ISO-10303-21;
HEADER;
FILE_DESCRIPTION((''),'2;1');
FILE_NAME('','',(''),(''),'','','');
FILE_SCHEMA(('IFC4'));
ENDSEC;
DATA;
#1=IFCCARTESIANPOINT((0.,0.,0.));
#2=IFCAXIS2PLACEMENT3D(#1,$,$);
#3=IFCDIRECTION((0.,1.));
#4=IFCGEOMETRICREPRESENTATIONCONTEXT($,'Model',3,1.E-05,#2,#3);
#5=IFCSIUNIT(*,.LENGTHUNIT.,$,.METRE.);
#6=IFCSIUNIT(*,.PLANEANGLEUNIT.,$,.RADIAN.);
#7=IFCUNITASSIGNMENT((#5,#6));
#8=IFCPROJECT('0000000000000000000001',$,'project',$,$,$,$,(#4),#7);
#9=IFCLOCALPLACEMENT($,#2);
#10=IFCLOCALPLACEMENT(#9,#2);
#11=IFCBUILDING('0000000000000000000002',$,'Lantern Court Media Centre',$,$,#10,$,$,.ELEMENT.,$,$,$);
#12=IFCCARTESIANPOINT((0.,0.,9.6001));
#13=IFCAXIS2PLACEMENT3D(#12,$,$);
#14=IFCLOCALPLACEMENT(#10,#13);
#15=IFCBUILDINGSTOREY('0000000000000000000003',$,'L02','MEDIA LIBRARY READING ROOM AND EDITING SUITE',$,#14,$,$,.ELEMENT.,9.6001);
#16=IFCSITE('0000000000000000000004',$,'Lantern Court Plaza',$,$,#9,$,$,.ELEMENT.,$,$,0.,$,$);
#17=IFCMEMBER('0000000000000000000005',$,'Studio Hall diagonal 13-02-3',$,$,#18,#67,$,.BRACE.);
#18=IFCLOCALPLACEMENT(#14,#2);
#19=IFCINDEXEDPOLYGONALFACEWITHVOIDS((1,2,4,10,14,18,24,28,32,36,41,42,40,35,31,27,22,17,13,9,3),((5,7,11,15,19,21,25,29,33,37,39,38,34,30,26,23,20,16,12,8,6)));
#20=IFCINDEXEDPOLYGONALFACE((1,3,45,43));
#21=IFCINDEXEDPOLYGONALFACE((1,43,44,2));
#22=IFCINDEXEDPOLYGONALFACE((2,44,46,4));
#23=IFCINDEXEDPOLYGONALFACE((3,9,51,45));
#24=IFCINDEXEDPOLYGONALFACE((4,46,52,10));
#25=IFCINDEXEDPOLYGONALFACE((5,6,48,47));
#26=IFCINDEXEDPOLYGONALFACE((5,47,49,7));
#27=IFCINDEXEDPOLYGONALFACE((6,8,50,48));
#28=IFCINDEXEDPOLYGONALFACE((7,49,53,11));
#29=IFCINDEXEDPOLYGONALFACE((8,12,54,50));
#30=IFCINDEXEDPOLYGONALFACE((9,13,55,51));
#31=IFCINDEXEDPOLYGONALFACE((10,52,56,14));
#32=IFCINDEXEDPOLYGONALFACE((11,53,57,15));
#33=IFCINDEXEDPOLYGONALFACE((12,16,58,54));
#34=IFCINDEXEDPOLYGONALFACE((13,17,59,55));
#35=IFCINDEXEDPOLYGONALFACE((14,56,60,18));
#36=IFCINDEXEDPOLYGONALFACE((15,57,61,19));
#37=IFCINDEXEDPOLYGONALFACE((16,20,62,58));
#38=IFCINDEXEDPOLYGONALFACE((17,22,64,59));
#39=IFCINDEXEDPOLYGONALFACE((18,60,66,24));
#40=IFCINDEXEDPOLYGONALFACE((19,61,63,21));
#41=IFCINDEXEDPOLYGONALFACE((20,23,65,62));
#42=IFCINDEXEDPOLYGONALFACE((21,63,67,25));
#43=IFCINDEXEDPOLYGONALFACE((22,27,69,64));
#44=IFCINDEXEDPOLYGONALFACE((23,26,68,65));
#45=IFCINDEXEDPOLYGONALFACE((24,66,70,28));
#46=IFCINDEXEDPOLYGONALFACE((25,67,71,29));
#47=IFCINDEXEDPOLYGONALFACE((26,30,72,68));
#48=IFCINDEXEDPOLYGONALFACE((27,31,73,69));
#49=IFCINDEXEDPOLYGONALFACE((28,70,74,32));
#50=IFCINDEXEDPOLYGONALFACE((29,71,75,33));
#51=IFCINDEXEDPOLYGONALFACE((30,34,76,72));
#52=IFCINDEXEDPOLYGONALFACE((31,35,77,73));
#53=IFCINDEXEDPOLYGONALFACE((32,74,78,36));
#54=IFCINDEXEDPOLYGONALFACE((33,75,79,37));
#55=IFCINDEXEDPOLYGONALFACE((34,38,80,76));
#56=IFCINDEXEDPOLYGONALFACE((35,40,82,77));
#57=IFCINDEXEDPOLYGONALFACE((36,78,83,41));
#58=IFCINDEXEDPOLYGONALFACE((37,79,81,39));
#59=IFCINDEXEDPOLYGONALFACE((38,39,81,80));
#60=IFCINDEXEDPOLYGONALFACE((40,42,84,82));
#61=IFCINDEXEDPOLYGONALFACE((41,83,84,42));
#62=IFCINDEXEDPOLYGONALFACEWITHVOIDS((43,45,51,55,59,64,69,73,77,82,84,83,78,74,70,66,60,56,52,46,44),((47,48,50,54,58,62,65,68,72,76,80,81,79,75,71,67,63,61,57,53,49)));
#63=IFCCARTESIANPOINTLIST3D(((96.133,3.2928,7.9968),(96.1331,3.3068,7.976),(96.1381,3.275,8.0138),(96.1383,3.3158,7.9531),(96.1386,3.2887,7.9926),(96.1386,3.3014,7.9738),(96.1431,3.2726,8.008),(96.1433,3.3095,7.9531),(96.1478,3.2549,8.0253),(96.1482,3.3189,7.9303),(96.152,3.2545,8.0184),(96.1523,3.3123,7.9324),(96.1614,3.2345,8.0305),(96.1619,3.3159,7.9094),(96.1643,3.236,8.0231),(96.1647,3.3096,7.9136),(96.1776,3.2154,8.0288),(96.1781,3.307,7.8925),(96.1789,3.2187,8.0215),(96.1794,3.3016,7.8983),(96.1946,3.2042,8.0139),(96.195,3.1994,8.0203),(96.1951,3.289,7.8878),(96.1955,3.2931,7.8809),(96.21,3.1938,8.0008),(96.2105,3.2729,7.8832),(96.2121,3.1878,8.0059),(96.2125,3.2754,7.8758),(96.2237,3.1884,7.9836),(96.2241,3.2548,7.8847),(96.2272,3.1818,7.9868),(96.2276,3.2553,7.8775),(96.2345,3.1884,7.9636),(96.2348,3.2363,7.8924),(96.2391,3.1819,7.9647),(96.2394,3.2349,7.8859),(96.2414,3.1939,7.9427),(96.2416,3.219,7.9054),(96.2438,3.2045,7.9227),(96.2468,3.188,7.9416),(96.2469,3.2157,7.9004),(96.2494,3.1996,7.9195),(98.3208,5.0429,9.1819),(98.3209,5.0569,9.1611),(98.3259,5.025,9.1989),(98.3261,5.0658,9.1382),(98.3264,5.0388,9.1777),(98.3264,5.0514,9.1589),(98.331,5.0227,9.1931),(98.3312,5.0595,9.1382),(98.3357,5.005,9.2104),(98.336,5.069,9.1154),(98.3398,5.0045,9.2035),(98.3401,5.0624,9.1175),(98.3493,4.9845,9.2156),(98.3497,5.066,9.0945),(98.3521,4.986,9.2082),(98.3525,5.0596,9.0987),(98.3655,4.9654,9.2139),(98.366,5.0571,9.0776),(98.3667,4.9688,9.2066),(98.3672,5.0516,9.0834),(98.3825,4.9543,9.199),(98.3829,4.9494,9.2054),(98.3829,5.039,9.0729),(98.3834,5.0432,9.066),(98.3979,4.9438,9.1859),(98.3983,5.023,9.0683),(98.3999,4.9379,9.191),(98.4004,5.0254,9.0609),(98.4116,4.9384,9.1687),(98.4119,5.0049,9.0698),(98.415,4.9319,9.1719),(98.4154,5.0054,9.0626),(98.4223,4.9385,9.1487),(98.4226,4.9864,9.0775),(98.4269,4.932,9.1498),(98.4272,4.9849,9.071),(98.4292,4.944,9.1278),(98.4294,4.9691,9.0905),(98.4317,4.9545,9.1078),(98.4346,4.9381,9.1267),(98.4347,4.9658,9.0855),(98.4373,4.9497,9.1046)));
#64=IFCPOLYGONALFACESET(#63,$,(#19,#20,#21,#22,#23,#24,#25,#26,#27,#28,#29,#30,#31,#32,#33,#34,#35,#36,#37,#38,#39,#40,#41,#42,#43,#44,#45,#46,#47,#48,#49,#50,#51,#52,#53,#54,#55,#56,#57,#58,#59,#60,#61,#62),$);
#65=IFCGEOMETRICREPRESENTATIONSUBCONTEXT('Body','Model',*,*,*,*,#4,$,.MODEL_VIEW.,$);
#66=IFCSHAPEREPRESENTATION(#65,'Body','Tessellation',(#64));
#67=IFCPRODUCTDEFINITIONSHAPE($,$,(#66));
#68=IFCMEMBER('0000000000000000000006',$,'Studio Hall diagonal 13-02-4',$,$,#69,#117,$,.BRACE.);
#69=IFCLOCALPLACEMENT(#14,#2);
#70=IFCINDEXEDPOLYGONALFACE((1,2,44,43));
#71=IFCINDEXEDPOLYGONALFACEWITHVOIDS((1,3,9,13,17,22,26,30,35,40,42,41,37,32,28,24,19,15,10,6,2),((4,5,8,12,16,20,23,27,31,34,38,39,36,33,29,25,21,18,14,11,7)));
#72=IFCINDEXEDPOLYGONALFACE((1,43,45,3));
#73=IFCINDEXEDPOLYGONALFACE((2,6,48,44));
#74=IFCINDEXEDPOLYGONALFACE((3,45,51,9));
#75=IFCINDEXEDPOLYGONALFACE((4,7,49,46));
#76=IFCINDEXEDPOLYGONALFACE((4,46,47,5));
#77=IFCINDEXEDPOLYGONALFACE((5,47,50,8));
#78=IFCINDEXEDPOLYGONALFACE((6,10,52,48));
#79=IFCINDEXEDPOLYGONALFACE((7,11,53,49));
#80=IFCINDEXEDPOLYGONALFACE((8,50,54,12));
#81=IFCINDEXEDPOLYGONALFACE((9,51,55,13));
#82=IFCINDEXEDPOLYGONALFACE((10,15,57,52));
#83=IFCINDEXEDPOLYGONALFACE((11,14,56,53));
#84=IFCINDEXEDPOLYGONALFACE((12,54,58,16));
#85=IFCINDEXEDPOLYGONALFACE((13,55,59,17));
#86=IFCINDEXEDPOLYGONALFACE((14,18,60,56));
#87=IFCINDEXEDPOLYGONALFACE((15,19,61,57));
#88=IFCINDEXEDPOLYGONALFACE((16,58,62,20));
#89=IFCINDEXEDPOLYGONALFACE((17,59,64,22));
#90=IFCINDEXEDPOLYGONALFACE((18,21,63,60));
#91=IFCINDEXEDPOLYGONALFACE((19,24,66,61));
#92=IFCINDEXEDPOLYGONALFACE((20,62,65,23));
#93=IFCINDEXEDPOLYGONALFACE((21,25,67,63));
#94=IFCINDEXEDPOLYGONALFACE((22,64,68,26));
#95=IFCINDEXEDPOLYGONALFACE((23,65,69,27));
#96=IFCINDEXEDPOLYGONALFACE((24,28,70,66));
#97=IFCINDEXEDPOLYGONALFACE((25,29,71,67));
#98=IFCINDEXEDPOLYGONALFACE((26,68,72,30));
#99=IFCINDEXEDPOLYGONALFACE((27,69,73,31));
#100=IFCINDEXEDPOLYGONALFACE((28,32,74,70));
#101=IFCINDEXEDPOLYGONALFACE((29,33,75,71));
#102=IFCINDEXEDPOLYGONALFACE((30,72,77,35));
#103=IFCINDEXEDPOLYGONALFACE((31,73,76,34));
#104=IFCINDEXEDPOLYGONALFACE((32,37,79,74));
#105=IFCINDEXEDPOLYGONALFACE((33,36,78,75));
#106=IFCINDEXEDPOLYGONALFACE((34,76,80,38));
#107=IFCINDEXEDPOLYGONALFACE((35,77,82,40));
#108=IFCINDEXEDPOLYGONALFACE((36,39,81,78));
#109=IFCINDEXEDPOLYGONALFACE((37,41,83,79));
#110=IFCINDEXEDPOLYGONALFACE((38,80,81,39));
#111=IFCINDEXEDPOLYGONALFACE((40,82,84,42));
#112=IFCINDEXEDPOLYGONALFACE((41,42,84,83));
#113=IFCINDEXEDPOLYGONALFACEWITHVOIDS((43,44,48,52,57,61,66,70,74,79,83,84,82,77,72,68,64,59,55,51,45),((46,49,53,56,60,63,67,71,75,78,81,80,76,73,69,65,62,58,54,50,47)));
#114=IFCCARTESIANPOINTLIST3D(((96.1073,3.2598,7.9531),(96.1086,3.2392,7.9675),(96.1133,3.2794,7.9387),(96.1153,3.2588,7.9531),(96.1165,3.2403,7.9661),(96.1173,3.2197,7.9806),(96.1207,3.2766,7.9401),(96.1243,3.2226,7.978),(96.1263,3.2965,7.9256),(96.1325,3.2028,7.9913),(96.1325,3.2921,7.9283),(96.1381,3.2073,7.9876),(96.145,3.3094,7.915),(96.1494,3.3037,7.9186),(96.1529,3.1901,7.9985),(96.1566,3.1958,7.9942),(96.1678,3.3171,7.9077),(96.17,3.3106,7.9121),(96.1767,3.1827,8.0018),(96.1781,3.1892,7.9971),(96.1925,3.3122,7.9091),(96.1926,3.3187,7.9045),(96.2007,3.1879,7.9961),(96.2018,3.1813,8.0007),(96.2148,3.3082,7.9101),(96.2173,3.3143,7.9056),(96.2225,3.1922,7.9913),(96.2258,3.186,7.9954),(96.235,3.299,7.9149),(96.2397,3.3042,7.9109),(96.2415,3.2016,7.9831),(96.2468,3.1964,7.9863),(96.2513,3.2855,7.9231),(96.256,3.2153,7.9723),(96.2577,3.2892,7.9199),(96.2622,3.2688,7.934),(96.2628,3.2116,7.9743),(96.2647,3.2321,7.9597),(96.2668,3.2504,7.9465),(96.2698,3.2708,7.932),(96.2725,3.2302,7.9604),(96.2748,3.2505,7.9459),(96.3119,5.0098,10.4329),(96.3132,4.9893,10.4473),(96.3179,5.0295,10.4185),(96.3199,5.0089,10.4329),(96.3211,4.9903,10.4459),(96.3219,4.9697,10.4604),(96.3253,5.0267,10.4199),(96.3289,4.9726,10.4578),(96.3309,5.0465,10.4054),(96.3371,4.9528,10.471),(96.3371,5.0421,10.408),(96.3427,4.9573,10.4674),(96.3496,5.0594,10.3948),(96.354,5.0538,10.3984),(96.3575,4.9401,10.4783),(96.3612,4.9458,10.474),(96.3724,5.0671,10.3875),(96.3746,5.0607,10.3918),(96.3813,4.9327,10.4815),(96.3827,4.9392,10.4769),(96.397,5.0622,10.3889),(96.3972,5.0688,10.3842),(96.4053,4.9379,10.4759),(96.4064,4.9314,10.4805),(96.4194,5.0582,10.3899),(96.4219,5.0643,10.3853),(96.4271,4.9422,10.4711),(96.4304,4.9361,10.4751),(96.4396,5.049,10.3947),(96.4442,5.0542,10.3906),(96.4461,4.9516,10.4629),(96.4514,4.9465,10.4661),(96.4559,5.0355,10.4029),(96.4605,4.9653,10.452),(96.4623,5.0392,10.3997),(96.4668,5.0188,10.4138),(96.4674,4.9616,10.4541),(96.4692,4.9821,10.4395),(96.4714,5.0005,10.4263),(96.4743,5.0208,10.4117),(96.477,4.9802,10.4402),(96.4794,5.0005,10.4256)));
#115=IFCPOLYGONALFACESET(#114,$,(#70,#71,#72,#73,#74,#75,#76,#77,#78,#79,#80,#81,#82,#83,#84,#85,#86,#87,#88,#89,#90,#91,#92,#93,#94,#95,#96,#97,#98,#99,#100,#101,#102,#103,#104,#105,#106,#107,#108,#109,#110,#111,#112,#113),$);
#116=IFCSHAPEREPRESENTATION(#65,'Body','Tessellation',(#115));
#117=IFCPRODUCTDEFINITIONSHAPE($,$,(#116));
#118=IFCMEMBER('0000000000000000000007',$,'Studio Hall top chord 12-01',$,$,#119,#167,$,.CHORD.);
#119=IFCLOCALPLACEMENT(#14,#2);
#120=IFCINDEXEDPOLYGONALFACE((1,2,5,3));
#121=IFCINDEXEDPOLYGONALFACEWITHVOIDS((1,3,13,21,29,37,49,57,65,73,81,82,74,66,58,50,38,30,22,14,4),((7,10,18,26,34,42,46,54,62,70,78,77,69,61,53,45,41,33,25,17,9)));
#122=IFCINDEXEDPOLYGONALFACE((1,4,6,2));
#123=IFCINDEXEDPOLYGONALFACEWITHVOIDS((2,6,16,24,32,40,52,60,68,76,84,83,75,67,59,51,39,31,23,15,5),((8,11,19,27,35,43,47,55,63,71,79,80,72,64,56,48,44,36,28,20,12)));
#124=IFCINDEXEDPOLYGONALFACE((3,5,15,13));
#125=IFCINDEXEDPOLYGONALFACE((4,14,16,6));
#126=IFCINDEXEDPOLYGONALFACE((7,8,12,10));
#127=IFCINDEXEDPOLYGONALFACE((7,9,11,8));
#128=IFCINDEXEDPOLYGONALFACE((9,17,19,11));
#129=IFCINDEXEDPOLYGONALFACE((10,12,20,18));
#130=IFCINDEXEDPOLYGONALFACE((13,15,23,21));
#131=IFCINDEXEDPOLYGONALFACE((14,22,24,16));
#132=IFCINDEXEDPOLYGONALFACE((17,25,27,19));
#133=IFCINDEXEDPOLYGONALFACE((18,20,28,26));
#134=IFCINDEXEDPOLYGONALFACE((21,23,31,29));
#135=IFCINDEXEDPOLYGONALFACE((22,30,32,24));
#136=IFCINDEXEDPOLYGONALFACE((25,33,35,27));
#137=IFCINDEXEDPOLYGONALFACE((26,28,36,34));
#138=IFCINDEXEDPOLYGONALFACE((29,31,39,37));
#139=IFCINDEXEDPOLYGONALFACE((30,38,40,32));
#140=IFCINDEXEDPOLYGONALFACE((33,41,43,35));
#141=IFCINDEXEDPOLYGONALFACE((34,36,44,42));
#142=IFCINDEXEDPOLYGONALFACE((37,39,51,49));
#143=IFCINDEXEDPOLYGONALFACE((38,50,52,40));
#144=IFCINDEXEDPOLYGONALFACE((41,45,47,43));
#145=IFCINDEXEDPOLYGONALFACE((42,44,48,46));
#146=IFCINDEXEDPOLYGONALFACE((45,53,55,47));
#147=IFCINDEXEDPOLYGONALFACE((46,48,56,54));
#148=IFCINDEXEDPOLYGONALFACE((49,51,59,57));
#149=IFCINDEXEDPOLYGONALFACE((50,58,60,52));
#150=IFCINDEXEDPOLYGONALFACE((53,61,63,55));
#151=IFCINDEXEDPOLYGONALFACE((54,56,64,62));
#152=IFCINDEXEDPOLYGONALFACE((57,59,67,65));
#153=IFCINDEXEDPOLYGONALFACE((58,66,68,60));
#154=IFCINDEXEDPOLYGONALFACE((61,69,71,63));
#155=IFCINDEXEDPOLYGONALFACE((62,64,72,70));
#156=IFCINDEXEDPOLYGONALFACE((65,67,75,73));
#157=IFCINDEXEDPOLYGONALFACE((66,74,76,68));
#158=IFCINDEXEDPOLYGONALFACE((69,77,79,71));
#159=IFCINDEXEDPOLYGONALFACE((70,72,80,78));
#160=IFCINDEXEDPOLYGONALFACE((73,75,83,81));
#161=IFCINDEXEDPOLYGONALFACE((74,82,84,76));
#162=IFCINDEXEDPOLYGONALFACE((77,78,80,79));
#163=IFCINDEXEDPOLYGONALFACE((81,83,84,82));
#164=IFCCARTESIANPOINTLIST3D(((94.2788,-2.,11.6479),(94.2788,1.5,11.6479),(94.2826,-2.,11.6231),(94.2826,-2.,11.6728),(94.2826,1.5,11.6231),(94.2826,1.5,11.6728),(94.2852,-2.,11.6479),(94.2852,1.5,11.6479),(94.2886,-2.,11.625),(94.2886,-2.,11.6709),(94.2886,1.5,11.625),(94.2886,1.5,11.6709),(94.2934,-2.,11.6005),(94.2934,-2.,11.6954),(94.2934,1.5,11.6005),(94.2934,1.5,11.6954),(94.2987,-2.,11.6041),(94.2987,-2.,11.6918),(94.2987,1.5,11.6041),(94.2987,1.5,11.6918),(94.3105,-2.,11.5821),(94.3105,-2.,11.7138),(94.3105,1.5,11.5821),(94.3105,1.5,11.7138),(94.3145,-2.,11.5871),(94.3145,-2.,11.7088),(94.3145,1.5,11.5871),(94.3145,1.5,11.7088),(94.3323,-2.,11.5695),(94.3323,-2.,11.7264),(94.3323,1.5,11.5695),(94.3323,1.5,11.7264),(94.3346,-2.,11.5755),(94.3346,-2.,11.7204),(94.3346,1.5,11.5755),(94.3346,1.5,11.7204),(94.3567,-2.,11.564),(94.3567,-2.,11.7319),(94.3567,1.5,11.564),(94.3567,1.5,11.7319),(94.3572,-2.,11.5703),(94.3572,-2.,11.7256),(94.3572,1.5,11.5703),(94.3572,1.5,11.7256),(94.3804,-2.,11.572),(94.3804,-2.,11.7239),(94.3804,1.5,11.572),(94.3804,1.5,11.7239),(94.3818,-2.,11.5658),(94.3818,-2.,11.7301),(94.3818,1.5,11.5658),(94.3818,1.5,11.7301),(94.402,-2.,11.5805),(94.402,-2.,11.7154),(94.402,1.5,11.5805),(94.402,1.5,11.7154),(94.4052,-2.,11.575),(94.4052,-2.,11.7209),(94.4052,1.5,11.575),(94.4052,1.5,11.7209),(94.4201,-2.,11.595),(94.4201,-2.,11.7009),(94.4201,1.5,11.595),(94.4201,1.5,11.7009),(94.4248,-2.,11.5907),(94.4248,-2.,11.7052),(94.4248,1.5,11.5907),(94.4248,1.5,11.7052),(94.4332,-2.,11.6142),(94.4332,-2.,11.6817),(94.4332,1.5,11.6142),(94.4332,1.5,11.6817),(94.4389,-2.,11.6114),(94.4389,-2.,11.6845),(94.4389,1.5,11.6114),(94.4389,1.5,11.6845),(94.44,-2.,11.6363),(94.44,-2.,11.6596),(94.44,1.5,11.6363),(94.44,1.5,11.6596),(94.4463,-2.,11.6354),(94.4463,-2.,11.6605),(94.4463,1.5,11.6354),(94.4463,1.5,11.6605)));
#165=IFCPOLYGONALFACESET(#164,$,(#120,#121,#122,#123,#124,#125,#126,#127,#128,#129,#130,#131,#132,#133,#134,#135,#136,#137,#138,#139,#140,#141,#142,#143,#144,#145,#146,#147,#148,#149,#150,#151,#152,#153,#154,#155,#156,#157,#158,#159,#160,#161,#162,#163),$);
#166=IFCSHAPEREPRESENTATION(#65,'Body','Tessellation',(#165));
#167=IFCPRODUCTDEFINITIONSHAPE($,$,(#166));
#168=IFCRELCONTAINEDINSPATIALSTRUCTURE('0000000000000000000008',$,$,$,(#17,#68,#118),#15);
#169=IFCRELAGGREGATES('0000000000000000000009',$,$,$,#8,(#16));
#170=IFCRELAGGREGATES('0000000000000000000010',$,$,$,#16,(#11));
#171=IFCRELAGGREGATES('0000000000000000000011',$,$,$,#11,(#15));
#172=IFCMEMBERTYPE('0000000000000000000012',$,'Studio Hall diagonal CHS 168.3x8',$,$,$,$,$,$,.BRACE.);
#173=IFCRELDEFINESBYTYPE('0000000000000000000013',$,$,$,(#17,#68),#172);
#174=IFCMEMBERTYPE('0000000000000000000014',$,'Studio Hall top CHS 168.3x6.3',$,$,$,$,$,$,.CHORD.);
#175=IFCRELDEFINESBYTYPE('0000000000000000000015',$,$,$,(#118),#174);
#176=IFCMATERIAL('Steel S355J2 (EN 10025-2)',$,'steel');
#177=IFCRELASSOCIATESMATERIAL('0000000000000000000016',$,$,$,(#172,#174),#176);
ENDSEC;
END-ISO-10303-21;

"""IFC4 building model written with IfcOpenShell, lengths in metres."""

from ifc_helpers import new_model, si_unit, direction, frame, origin, origin_2d, place, context, subcontext, project, spatial, hollow_circle, extrude, material, material_profile, profile_set, type_object, element, save


model = new_model("IFC4")

# Units and contexts
model_context = context("Model", 3, precision=1e-05, world=origin(), true_north=direction((0.0, 1.0)))
body_context = subcontext(model_context, "Body", "Model", "MODEL_VIEW")
ifc_project = project(units=[si_unit("LENGTHUNIT", "METRE"), si_unit("PLANEANGLEUNIT", "RADIAN")], contexts=[model_context])

# Site, building, storey
site_placement = place(None, origin())
site = spatial("IfcSite", under=ifc_project, at=site_placement, Name="Lantern Court Plaza", CompositionType="ELEMENT", RefElevation=0.0)
building_placement = place(site_placement, origin())
building = spatial("IfcBuilding", under=site, at=building_placement, Name="Lantern Court Media Centre", CompositionType="ELEMENT")
storey_placement = place(building_placement, frame((0.0, 0.0, 9.6001)))
storey = spatial("IfcBuildingStorey", under=building, at=storey_placement, Name="L02", Description="MEDIA LIBRARY READING ROOM AND EDITING SUITE", CompositionType="ELEMENT", Elevation=9.6001)

# Members
ifc_material = material(Name="Steel S355J2 (EN 10025-2)", Category="steel")
ifc_material_profile_1 = material_profile(ifc_material, hollow_circle(Radius=0.0842, WallThickness=0.0081, at=origin_2d()), Name="Studio Hall diagonal CHS 168.3x8")
ifc_profile_set_1 = profile_set([ifc_material_profile_1], Name="Steel S355J2 (EN 10025-2)")
member_type_1 = type_object("IfcMemberType", Name="Studio Hall diagonal CHS 168.3x8", PredefinedType="BRACE", material=ifc_profile_set_1)
for number, where, z_axis, x_axis, name in (
    (1, (96.1909, 3.25, 7.9531), (0.719206, 0.5753, 0.38958), (-0.624653, 0.780903, 0.0), "Studio Hall diagonal 13-02-3"),
    (2, (96.1909, 3.25, 7.9531), (0.067256, 0.575289, 0.81518), (-0.993235, 0.116118, 0.0), "Studio Hall diagonal 13-02-4"),
):
    element("IfcMember", number, at=place(storey_placement, frame(where, z_axis=z_axis, x_axis=x_axis)), inside=storey, type_object=member_type_1, Name=name, PredefinedType="BRACE", context=body_context, shape_type="SweptSolid", body=[
        extrude(hollow_circle(Radius=0.0842, WallThickness=0.0081, at=origin_2d()), origin(), (0.0, 0.0, 1.0), 3.042),
    ])
ifc_material_profile_2 = material_profile(ifc_material, hollow_circle(Radius=0.0842, WallThickness=0.0063, at=origin_2d()), Name="Studio Hall top CHS 168.3x6.3")
ifc_profile_set_2 = profile_set([ifc_material_profile_2], Name="Steel S355J2 (EN 10025-2)")
member_type_2 = type_object("IfcMemberType", Name="Studio Hall top CHS 168.3x6.3", PredefinedType="CHORD", material=ifc_profile_set_2)
for number, where, z_axis, x_axis, name in (
    (3, (94.363, -2.0, 11.6479), (0.0, 1.0, 0.0), (-1.0, 0.0, 0.0), "Studio Hall top chord 12-01"),
):
    element("IfcMember", number, at=place(storey_placement, frame(where, z_axis=z_axis, x_axis=x_axis)), inside=storey, type_object=member_type_2, Name=name, PredefinedType="CHORD", context=body_context, shape_type="SweptSolid", body=[
        extrude(hollow_circle(Radius=0.0842, WallThickness=0.0063, at=origin_2d()), origin(), (0.0, 0.0, 1.0), 3.5),
    ])

save(model, "model.ifc")
